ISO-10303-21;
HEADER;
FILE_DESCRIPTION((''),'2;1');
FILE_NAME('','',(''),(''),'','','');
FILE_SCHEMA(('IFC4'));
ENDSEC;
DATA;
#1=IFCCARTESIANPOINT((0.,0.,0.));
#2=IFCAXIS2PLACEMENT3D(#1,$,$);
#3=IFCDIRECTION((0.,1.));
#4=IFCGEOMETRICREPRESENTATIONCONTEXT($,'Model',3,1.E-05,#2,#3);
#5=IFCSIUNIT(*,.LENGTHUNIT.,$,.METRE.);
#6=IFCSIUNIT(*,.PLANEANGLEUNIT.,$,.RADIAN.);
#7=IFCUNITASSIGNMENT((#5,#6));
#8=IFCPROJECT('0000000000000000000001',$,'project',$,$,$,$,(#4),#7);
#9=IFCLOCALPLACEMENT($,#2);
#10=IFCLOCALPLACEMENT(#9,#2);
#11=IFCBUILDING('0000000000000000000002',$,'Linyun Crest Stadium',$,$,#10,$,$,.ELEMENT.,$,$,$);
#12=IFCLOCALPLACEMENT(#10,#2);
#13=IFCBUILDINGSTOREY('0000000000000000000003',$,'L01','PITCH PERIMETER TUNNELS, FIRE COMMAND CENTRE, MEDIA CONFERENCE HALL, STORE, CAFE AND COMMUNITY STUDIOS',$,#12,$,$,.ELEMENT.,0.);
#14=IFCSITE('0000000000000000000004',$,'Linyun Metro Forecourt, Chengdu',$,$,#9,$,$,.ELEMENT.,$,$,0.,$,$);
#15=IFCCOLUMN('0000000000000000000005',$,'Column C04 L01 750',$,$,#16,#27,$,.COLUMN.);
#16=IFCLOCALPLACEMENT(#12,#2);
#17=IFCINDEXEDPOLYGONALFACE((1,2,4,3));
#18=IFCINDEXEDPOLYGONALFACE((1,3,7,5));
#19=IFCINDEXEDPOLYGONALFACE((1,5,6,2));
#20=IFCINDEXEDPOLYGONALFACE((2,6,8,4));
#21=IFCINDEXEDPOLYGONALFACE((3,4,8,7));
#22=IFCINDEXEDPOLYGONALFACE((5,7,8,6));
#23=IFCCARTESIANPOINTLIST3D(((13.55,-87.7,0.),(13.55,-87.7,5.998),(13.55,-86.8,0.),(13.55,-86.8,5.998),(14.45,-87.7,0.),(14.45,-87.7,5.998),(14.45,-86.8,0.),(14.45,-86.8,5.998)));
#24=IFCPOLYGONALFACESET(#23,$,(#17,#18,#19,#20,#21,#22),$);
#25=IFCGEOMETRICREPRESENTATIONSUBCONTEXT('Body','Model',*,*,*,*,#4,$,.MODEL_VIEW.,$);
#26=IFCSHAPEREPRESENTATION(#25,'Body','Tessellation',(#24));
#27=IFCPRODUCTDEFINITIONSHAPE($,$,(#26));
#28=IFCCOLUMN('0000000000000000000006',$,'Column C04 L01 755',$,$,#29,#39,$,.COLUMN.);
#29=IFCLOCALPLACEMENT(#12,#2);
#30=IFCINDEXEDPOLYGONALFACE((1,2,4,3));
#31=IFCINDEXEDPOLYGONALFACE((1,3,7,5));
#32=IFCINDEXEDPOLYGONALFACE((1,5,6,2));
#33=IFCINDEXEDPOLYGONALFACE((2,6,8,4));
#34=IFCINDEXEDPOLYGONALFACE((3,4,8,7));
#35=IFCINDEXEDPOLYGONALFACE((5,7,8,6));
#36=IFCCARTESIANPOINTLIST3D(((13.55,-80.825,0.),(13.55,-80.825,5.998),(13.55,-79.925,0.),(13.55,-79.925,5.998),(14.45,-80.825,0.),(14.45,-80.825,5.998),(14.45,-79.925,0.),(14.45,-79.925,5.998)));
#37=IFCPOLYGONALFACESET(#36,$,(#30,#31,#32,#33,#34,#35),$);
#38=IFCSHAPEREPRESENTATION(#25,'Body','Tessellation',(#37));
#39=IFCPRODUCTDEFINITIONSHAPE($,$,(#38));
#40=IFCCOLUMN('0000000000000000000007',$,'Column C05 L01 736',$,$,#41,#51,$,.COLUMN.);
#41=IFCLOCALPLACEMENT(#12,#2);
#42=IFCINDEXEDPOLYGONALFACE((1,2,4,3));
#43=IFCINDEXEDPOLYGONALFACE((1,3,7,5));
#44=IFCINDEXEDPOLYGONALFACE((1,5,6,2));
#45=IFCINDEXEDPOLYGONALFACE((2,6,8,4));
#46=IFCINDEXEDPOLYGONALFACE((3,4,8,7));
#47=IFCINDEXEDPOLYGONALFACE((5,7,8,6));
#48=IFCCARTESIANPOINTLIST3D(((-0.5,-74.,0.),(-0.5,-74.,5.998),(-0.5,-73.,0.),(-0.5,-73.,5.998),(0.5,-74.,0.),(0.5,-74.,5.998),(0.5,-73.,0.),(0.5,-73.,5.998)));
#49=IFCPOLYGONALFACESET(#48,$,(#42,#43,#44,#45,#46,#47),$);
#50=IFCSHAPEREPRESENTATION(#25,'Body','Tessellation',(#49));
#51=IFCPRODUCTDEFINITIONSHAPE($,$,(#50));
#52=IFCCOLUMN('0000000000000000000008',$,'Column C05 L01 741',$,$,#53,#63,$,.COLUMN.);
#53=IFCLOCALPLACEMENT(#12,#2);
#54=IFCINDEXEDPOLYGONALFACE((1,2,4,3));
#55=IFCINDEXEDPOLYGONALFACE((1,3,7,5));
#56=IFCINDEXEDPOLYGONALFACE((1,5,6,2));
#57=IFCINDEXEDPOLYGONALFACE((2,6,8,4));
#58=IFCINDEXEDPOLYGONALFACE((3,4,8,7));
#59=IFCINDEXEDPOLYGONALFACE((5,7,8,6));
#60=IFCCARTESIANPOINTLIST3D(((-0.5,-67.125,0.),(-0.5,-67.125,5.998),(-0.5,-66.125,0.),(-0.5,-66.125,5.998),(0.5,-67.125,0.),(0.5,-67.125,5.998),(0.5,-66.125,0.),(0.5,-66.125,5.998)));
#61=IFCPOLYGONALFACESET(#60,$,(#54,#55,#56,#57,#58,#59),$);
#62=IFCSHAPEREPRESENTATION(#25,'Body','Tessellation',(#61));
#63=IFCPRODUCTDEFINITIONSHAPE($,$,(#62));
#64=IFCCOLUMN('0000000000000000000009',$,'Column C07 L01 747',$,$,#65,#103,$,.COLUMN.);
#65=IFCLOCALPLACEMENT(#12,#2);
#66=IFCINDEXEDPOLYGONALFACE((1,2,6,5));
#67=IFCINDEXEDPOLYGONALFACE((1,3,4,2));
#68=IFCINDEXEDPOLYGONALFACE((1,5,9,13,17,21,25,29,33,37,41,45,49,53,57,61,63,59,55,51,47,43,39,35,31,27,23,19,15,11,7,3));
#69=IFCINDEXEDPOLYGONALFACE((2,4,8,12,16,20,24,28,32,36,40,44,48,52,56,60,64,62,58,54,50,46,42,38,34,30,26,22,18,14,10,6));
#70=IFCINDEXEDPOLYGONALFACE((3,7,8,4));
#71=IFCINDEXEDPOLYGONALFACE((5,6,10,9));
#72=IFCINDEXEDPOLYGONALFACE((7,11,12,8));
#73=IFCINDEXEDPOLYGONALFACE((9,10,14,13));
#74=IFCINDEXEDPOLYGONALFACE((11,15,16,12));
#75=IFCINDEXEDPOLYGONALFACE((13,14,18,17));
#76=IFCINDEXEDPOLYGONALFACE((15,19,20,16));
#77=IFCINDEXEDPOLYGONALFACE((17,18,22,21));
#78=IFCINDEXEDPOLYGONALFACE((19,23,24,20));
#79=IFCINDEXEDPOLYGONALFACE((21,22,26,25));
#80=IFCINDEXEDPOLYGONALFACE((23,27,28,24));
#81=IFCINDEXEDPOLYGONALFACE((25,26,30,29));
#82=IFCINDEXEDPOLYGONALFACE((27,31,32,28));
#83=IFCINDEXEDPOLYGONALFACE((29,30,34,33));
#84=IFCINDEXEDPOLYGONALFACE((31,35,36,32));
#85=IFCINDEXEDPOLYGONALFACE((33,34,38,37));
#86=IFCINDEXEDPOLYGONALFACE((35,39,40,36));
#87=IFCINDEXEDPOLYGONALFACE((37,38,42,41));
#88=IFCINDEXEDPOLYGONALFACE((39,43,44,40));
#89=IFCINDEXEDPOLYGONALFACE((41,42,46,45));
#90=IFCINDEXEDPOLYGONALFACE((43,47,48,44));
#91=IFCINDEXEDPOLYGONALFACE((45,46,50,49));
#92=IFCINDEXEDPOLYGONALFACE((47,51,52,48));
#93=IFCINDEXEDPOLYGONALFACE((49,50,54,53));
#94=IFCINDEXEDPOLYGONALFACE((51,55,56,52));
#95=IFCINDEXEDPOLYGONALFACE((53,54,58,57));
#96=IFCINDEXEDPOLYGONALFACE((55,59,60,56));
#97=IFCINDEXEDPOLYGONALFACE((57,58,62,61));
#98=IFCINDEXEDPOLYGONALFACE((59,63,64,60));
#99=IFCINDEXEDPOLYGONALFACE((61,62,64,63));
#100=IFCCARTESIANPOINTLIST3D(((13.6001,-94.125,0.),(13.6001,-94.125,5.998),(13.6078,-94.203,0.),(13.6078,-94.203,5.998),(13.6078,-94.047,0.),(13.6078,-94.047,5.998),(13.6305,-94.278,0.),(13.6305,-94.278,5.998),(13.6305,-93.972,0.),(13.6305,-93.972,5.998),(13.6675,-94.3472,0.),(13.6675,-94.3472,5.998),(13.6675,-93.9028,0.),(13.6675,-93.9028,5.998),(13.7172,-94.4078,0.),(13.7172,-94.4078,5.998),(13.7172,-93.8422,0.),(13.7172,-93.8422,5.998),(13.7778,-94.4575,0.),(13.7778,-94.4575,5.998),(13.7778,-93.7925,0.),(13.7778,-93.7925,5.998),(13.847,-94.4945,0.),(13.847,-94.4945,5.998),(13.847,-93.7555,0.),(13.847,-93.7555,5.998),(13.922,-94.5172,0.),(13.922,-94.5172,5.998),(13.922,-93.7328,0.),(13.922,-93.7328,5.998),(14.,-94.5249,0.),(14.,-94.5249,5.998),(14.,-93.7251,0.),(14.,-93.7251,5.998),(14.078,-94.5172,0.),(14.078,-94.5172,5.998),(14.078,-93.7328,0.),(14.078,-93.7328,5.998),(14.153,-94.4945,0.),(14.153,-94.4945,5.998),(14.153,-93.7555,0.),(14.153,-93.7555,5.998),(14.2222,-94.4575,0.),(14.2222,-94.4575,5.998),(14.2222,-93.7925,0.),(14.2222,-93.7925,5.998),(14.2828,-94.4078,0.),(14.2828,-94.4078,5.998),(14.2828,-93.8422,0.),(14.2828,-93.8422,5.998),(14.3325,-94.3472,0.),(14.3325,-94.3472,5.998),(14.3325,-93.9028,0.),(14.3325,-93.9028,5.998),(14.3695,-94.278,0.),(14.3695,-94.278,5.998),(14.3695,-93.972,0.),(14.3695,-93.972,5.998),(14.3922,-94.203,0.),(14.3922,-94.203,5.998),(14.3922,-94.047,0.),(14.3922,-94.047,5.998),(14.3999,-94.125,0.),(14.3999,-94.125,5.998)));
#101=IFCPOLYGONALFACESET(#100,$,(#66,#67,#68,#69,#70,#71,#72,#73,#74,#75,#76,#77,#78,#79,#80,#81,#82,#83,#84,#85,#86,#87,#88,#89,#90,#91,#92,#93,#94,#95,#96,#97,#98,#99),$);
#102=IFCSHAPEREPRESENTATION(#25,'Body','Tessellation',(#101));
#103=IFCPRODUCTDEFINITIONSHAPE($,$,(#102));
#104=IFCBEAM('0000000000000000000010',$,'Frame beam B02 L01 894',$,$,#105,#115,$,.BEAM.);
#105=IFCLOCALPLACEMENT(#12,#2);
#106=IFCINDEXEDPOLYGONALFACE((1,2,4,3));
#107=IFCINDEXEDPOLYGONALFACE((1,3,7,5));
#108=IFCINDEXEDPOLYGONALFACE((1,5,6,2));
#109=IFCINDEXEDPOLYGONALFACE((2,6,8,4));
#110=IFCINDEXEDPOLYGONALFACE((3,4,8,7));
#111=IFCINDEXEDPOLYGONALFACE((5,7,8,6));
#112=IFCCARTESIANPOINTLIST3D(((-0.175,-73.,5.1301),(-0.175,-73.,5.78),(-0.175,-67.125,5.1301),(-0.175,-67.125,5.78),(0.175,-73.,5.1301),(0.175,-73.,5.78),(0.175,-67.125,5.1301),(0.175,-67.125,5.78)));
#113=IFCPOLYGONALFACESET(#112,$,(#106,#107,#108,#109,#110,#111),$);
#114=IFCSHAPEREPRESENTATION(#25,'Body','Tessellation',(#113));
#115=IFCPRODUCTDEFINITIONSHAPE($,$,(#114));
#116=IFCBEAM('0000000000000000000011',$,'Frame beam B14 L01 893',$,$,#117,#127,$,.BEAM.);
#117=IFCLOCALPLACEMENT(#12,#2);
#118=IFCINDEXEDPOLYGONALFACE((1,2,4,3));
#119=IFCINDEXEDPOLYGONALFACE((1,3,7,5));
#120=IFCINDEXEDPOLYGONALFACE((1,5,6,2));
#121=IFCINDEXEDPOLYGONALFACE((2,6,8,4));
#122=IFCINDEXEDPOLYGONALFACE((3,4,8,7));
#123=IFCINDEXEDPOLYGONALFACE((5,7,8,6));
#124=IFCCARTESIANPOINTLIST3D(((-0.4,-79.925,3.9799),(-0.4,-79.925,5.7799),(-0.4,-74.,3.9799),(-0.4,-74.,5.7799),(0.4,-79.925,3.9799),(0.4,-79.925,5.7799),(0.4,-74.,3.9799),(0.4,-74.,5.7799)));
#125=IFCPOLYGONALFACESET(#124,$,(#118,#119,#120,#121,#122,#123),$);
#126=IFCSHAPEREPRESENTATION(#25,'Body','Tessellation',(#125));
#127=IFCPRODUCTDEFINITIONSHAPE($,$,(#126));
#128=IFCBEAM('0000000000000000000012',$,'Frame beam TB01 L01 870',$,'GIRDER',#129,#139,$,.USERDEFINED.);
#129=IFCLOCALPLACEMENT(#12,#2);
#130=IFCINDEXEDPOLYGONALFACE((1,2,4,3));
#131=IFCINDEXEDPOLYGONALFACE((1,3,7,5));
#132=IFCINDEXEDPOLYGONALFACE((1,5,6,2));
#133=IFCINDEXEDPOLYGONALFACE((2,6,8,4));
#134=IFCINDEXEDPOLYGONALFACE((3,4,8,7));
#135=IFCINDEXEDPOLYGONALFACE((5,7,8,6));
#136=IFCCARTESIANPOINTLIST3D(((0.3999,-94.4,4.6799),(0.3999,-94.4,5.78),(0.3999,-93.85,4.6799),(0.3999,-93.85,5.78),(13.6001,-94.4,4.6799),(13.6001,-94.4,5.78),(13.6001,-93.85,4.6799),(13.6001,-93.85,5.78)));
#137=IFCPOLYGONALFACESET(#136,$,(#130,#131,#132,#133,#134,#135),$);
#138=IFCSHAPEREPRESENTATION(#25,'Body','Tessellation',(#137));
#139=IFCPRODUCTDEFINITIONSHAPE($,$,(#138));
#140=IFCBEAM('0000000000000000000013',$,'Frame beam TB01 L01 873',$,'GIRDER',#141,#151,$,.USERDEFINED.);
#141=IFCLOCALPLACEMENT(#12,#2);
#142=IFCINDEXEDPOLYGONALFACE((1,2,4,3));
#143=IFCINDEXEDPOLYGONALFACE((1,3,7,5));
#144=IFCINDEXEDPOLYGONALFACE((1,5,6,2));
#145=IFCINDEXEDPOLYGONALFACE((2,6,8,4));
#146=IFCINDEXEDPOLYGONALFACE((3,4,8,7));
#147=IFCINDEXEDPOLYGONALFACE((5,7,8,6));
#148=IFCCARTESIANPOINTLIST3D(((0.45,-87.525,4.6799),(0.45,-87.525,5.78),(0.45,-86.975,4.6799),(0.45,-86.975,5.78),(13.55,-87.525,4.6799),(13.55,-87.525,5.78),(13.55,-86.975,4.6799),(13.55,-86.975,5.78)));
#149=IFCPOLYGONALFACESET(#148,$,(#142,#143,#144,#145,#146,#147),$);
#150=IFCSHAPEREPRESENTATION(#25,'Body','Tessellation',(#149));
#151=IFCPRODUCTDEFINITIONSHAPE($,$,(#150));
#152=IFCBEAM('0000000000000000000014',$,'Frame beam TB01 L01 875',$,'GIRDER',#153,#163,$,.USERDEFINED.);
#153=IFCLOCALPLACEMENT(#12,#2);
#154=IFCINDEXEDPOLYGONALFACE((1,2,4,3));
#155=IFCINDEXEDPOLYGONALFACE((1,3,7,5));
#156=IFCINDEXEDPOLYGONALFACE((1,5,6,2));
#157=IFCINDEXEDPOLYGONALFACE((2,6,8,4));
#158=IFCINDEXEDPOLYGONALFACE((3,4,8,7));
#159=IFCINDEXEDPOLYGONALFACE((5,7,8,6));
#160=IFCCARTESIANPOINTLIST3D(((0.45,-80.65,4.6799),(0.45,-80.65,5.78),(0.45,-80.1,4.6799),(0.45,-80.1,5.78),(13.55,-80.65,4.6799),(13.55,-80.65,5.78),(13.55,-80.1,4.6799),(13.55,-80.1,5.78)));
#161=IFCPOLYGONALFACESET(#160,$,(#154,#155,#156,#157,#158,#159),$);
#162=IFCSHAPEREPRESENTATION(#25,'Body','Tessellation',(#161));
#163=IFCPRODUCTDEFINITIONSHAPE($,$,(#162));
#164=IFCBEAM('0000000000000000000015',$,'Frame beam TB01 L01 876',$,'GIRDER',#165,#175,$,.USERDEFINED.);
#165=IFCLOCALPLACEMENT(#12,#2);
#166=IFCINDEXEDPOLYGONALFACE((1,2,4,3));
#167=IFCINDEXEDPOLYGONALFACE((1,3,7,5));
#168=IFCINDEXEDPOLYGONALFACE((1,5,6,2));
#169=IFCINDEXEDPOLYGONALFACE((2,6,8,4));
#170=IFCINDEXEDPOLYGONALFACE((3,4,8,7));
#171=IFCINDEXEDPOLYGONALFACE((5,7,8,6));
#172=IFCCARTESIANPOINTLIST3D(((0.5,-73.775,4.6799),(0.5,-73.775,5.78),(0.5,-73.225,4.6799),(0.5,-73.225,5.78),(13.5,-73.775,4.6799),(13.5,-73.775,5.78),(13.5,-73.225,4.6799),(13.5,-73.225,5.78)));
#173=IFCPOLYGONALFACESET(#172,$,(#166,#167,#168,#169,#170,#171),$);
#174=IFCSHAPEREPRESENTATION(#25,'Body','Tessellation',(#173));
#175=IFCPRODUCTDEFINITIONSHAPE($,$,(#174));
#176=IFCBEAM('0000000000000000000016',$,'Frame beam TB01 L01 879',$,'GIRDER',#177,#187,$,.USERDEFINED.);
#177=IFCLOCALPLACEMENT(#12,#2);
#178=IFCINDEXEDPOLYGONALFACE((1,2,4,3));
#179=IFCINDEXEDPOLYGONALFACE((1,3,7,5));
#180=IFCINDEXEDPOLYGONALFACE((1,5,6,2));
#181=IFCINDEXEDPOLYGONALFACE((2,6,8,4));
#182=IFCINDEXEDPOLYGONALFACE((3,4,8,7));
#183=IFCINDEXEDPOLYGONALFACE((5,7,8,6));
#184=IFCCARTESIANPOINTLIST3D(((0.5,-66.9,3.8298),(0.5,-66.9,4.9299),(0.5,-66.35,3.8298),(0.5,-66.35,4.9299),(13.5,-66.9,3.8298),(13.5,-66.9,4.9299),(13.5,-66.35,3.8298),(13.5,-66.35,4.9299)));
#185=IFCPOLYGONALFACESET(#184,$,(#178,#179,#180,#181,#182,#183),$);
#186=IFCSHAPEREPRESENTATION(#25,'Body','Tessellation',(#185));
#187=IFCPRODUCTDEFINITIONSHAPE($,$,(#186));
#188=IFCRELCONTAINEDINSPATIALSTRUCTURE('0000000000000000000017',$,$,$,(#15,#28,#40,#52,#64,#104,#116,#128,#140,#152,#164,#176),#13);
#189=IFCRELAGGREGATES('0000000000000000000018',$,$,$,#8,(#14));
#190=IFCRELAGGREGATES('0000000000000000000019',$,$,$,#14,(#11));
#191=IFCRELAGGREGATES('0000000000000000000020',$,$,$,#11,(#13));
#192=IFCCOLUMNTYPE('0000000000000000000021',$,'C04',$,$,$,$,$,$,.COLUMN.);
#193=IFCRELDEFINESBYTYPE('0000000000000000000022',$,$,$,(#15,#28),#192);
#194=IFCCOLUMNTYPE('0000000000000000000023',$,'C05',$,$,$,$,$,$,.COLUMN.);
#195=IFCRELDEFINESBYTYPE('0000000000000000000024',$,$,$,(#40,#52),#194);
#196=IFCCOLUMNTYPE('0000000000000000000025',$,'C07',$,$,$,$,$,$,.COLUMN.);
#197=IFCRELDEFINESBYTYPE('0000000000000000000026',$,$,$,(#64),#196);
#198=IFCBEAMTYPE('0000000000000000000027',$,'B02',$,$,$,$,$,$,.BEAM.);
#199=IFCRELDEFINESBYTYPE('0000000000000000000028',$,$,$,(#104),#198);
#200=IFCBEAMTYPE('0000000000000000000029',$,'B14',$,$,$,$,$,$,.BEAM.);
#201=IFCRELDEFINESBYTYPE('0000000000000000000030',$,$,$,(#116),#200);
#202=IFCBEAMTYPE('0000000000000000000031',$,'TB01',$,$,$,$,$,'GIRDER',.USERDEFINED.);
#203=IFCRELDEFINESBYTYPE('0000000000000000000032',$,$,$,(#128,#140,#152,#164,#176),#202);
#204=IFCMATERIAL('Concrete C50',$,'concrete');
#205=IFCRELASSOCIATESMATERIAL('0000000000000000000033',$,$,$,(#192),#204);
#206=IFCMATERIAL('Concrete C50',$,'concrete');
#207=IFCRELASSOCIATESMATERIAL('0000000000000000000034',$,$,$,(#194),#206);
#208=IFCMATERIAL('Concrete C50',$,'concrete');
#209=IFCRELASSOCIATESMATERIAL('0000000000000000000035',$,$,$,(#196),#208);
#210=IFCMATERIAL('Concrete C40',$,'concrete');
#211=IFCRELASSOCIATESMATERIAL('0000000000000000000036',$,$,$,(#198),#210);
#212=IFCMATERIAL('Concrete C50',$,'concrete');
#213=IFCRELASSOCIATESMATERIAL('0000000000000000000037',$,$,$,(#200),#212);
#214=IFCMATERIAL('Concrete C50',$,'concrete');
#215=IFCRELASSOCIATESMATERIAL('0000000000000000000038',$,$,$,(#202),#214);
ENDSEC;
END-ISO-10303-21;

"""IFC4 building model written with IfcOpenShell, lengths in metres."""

from ifc_helpers import new_model, si_unit, direction, frame, origin, origin_2d, place, context, subcontext, project, spatial, rectangle, circle, extrude, material, material_profile, profile_set, type_object, element, save


model = new_model("IFC4")

# Units and contexts
model_context = context("Model", 3, precision=1e-05, world=origin(), true_north=direction((0.0, 1.0)))
body_context = subcontext(model_context, "Body", "Model", "MODEL_VIEW")
ifc_project = project(units=[si_unit("LENGTHUNIT", "METRE"), si_unit("PLANEANGLEUNIT", "RADIAN")], contexts=[model_context])

# Site, building, storey
site_placement = place(None, origin())
site = spatial("IfcSite", under=ifc_project, at=site_placement, Name="Linyun Metro Forecourt, Chengdu", CompositionType="ELEMENT", RefElevation=0.0)
building_placement = place(site_placement, origin())
building = spatial("IfcBuilding", under=site, at=building_placement, Name="Linyun Crest Stadium", CompositionType="ELEMENT")
storey_placement = place(building_placement, origin())
storey = spatial("IfcBuildingStorey", under=building, at=storey_placement, Name="L01", Description="PITCH PERIMETER TUNNELS, FIRE COMMAND CENTRE, MEDIA CONFERENCE HALL, STORE, CAFE AND COMMUNITY STUDIOS", CompositionType="ELEMENT", Elevation=0.0)

# Columns
ifc_material_1 = material(Name="Concrete C50", Category="concrete")
ifc_material_profile_1 = material_profile(ifc_material_1, rectangle(XDim=0.8999, YDim=0.8999, at=origin_2d()), Name="RC 900x900")
ifc_profile_set_1 = profile_set([ifc_material_profile_1], Name="Concrete C50")
column_type_1 = type_object("IfcColumnType", Name="C04", PredefinedType="COLUMN", material=ifc_profile_set_1)
for number, where, z_axis, x_axis, name in (
    (1, (14.0, -87.25, 0.0), (0.0, 0.0, 1.0), (1.0, 0.0, 0.0), "Column C04 L01 750"),
    (2, (14.0, -80.375, 0.0), (0.0, 0.0, 1.0), (1.0, 0.0, 0.0), "Column C04 L01 755"),
):
    element("IfcColumn", number, at=place(storey_placement, frame(where, z_axis=z_axis, x_axis=x_axis)), inside=storey, type_object=column_type_1, Name=name, PredefinedType="COLUMN", context=body_context, shape_type="SweptSolid", body=[
        extrude(rectangle(XDim=0.8999, YDim=0.8999, at=origin_2d()), origin(), (0.0, 0.0, 1.0), 5.998),
    ])
ifc_material_2 = material(Name="Concrete C50", Category="concrete")
ifc_material_profile_2 = material_profile(ifc_material_2, rectangle(XDim=1.0, YDim=1.0, at=origin_2d()), Name="RC 1000x1000")
ifc_profile_set_2 = profile_set([ifc_material_profile_2], Name="Concrete C50")
column_type_2 = type_object("IfcColumnType", Name="C05", PredefinedType="COLUMN", material=ifc_profile_set_2)
for number, where, z_axis, x_axis, name in (
    (3, (0.0, -73.5, 0.0), (0.0, 0.0, 1.0), (1.0, 0.0, 0.0), "Column C05 L01 736"),
    (4, (0.0, -66.625, 0.0), (0.0, 0.0, 1.0), (1.0, 0.0, 0.0), "Column C05 L01 741"),
):
    element("IfcColumn", number, at=place(storey_placement, frame(where, z_axis=z_axis, x_axis=x_axis)), inside=storey, type_object=column_type_2, Name=name, PredefinedType="COLUMN", context=body_context, shape_type="SweptSolid", body=[
        extrude(rectangle(XDim=1.0, YDim=1.0, at=origin_2d()), origin(), (0.0, 0.0, 1.0), 5.998),
    ])
ifc_material_3 = material(Name="Concrete C50", Category="concrete")
ifc_material_profile_3 = material_profile(ifc_material_3, circle(Radius=0.3999, at=origin_2d()), Name="RC D800")
ifc_profile_set_3 = profile_set([ifc_material_profile_3], Name="Concrete C50")
column_type_3 = type_object("IfcColumnType", Name="C07", PredefinedType="COLUMN", material=ifc_profile_set_3)
column_placement = place(storey_placement, frame((14.0, -94.125, 0.0), z_axis=(0.0, 0.0, 1.0), x_axis=(1.0, 0.0, 0.0)))
element("IfcColumn", 5, at=column_placement, inside=storey, type_object=column_type_3, Name="Column C07 L01 747", PredefinedType="COLUMN", context=body_context, shape_type="SweptSolid", body=[
    extrude(circle(Radius=0.3999, at=origin_2d()), origin(), (0.0, 0.0, 1.0), 5.998),
])

# Beams
ifc_material_4 = material(Name="Concrete C40", Category="concrete")
ifc_material_profile_4 = material_profile(ifc_material_4, rectangle(XDim=0.3501, YDim=0.6499, at=origin_2d()), Name="RCB 650x350")
ifc_profile_set_4 = profile_set([ifc_material_profile_4], Name="Concrete C40")
beam_type_1 = type_object("IfcBeamType", Name="B02", PredefinedType="BEAM", material=ifc_profile_set_4)
beam_1_placement = place(storey_placement, frame((0.0, -73.0, 5.4551), z_axis=(0.0, 1.0, 0.0), x_axis=(-1.0, 0.0, 0.0)))
element("IfcBeam", 6, at=beam_1_placement, inside=storey, type_object=beam_type_1, Name="Frame beam B02 L01 894", PredefinedType="BEAM", context=body_context, shape_type="SweptSolid", body=[
    extrude(rectangle(XDim=0.3501, YDim=0.6499, at=origin_2d()), origin(), (0.0, 0.0, 1.0), 5.875),
])
ifc_material_5 = material(Name="Concrete C50", Category="concrete")
ifc_material_profile_5 = material_profile(ifc_material_5, rectangle(XDim=0.8, YDim=1.8, at=origin_2d()), Name="RCB 1800x800")
ifc_profile_set_5 = profile_set([ifc_material_profile_5], Name="Concrete C50")
beam_type_2 = type_object("IfcBeamType", Name="B14", PredefinedType="BEAM", material=ifc_profile_set_5)
beam_2_placement = place(storey_placement, frame((0.0, -79.925, 4.8799), z_axis=(0.0, 1.0, 0.0), x_axis=(-1.0, 0.0, 0.0)))
element("IfcBeam", 7, at=beam_2_placement, inside=storey, type_object=beam_type_2, Name="Frame beam B14 L01 893", PredefinedType="BEAM", context=body_context, shape_type="SweptSolid", body=[
    extrude(rectangle(XDim=0.8, YDim=1.8, at=origin_2d()), origin(), (0.0, 0.0, 1.0), 5.925),
])
ifc_material_6 = material(Name="Concrete C50", Category="concrete")
ifc_material_profile_6 = material_profile(ifc_material_6, rectangle(XDim=0.55, YDim=1.1001, at=origin_2d()), Name="RCB 1100x550")
ifc_profile_set_6 = profile_set([ifc_material_profile_6], Name="Concrete C50")
beam_type_3 = type_object("IfcBeamType", Name="TB01", ElementType="GIRDER", PredefinedType="USERDEFINED", material=ifc_profile_set_6)
beam_3_placement = place(storey_placement, frame((0.3999, -94.125, 5.23), z_axis=(1.0, 0.0, 0.0), x_axis=(0.0, 1.0, 0.0)))
element("IfcBeam", 8, at=beam_3_placement, inside=storey, type_object=beam_type_3, Name="Frame beam TB01 L01 870", ObjectType="GIRDER", PredefinedType="USERDEFINED", context=body_context, shape_type="SweptSolid", body=[
    extrude(rectangle(XDim=0.55, YDim=1.1001, at=origin_2d()), origin(), (0.0, 0.0, 1.0), 13.2002),
])
for number, where, z_axis, x_axis, name in (
    (9, (0.45, -87.25, 5.23), (1.0, 0.0, 0.0), (0.0, 1.0, 0.0), "Frame beam TB01 L01 873"),
    (10, (0.45, -80.375, 5.23), (1.0, 0.0, 0.0), (0.0, 1.0, 0.0), "Frame beam TB01 L01 875"),
):
    element("IfcBeam", number, at=place(storey_placement, frame(where, z_axis=z_axis, x_axis=x_axis)), inside=storey, type_object=beam_type_3, Name=name, ObjectType="GIRDER", PredefinedType="USERDEFINED", context=body_context, shape_type="SweptSolid", body=[
        extrude(rectangle(XDim=0.55, YDim=1.1001, at=origin_2d()), origin(), (0.0, 0.0, 1.0), 13.1001),
    ])
for number, where, z_axis, x_axis, name in (
    (11, (0.5, -73.5, 5.23), (1.0, 0.0, 0.0), (0.0, 1.0, 0.0), "Frame beam TB01 L01 876"),
    (12, (0.5, -66.625, 4.3799), (1.0, 0.0, 0.0), (0.0, 1.0, 0.0), "Frame beam TB01 L01 879"),
):
    element("IfcBeam", number, at=place(storey_placement, frame(where, z_axis=z_axis, x_axis=x_axis)), inside=storey, type_object=beam_type_3, Name=name, ObjectType="GIRDER", PredefinedType="USERDEFINED", context=body_context, shape_type="SweptSolid", body=[
        extrude(rectangle(XDim=0.55, YDim=1.1001, at=origin_2d()), origin(), (0.0, 0.0, 1.0), 13.0),
    ])

save(model, "model.ifc")
